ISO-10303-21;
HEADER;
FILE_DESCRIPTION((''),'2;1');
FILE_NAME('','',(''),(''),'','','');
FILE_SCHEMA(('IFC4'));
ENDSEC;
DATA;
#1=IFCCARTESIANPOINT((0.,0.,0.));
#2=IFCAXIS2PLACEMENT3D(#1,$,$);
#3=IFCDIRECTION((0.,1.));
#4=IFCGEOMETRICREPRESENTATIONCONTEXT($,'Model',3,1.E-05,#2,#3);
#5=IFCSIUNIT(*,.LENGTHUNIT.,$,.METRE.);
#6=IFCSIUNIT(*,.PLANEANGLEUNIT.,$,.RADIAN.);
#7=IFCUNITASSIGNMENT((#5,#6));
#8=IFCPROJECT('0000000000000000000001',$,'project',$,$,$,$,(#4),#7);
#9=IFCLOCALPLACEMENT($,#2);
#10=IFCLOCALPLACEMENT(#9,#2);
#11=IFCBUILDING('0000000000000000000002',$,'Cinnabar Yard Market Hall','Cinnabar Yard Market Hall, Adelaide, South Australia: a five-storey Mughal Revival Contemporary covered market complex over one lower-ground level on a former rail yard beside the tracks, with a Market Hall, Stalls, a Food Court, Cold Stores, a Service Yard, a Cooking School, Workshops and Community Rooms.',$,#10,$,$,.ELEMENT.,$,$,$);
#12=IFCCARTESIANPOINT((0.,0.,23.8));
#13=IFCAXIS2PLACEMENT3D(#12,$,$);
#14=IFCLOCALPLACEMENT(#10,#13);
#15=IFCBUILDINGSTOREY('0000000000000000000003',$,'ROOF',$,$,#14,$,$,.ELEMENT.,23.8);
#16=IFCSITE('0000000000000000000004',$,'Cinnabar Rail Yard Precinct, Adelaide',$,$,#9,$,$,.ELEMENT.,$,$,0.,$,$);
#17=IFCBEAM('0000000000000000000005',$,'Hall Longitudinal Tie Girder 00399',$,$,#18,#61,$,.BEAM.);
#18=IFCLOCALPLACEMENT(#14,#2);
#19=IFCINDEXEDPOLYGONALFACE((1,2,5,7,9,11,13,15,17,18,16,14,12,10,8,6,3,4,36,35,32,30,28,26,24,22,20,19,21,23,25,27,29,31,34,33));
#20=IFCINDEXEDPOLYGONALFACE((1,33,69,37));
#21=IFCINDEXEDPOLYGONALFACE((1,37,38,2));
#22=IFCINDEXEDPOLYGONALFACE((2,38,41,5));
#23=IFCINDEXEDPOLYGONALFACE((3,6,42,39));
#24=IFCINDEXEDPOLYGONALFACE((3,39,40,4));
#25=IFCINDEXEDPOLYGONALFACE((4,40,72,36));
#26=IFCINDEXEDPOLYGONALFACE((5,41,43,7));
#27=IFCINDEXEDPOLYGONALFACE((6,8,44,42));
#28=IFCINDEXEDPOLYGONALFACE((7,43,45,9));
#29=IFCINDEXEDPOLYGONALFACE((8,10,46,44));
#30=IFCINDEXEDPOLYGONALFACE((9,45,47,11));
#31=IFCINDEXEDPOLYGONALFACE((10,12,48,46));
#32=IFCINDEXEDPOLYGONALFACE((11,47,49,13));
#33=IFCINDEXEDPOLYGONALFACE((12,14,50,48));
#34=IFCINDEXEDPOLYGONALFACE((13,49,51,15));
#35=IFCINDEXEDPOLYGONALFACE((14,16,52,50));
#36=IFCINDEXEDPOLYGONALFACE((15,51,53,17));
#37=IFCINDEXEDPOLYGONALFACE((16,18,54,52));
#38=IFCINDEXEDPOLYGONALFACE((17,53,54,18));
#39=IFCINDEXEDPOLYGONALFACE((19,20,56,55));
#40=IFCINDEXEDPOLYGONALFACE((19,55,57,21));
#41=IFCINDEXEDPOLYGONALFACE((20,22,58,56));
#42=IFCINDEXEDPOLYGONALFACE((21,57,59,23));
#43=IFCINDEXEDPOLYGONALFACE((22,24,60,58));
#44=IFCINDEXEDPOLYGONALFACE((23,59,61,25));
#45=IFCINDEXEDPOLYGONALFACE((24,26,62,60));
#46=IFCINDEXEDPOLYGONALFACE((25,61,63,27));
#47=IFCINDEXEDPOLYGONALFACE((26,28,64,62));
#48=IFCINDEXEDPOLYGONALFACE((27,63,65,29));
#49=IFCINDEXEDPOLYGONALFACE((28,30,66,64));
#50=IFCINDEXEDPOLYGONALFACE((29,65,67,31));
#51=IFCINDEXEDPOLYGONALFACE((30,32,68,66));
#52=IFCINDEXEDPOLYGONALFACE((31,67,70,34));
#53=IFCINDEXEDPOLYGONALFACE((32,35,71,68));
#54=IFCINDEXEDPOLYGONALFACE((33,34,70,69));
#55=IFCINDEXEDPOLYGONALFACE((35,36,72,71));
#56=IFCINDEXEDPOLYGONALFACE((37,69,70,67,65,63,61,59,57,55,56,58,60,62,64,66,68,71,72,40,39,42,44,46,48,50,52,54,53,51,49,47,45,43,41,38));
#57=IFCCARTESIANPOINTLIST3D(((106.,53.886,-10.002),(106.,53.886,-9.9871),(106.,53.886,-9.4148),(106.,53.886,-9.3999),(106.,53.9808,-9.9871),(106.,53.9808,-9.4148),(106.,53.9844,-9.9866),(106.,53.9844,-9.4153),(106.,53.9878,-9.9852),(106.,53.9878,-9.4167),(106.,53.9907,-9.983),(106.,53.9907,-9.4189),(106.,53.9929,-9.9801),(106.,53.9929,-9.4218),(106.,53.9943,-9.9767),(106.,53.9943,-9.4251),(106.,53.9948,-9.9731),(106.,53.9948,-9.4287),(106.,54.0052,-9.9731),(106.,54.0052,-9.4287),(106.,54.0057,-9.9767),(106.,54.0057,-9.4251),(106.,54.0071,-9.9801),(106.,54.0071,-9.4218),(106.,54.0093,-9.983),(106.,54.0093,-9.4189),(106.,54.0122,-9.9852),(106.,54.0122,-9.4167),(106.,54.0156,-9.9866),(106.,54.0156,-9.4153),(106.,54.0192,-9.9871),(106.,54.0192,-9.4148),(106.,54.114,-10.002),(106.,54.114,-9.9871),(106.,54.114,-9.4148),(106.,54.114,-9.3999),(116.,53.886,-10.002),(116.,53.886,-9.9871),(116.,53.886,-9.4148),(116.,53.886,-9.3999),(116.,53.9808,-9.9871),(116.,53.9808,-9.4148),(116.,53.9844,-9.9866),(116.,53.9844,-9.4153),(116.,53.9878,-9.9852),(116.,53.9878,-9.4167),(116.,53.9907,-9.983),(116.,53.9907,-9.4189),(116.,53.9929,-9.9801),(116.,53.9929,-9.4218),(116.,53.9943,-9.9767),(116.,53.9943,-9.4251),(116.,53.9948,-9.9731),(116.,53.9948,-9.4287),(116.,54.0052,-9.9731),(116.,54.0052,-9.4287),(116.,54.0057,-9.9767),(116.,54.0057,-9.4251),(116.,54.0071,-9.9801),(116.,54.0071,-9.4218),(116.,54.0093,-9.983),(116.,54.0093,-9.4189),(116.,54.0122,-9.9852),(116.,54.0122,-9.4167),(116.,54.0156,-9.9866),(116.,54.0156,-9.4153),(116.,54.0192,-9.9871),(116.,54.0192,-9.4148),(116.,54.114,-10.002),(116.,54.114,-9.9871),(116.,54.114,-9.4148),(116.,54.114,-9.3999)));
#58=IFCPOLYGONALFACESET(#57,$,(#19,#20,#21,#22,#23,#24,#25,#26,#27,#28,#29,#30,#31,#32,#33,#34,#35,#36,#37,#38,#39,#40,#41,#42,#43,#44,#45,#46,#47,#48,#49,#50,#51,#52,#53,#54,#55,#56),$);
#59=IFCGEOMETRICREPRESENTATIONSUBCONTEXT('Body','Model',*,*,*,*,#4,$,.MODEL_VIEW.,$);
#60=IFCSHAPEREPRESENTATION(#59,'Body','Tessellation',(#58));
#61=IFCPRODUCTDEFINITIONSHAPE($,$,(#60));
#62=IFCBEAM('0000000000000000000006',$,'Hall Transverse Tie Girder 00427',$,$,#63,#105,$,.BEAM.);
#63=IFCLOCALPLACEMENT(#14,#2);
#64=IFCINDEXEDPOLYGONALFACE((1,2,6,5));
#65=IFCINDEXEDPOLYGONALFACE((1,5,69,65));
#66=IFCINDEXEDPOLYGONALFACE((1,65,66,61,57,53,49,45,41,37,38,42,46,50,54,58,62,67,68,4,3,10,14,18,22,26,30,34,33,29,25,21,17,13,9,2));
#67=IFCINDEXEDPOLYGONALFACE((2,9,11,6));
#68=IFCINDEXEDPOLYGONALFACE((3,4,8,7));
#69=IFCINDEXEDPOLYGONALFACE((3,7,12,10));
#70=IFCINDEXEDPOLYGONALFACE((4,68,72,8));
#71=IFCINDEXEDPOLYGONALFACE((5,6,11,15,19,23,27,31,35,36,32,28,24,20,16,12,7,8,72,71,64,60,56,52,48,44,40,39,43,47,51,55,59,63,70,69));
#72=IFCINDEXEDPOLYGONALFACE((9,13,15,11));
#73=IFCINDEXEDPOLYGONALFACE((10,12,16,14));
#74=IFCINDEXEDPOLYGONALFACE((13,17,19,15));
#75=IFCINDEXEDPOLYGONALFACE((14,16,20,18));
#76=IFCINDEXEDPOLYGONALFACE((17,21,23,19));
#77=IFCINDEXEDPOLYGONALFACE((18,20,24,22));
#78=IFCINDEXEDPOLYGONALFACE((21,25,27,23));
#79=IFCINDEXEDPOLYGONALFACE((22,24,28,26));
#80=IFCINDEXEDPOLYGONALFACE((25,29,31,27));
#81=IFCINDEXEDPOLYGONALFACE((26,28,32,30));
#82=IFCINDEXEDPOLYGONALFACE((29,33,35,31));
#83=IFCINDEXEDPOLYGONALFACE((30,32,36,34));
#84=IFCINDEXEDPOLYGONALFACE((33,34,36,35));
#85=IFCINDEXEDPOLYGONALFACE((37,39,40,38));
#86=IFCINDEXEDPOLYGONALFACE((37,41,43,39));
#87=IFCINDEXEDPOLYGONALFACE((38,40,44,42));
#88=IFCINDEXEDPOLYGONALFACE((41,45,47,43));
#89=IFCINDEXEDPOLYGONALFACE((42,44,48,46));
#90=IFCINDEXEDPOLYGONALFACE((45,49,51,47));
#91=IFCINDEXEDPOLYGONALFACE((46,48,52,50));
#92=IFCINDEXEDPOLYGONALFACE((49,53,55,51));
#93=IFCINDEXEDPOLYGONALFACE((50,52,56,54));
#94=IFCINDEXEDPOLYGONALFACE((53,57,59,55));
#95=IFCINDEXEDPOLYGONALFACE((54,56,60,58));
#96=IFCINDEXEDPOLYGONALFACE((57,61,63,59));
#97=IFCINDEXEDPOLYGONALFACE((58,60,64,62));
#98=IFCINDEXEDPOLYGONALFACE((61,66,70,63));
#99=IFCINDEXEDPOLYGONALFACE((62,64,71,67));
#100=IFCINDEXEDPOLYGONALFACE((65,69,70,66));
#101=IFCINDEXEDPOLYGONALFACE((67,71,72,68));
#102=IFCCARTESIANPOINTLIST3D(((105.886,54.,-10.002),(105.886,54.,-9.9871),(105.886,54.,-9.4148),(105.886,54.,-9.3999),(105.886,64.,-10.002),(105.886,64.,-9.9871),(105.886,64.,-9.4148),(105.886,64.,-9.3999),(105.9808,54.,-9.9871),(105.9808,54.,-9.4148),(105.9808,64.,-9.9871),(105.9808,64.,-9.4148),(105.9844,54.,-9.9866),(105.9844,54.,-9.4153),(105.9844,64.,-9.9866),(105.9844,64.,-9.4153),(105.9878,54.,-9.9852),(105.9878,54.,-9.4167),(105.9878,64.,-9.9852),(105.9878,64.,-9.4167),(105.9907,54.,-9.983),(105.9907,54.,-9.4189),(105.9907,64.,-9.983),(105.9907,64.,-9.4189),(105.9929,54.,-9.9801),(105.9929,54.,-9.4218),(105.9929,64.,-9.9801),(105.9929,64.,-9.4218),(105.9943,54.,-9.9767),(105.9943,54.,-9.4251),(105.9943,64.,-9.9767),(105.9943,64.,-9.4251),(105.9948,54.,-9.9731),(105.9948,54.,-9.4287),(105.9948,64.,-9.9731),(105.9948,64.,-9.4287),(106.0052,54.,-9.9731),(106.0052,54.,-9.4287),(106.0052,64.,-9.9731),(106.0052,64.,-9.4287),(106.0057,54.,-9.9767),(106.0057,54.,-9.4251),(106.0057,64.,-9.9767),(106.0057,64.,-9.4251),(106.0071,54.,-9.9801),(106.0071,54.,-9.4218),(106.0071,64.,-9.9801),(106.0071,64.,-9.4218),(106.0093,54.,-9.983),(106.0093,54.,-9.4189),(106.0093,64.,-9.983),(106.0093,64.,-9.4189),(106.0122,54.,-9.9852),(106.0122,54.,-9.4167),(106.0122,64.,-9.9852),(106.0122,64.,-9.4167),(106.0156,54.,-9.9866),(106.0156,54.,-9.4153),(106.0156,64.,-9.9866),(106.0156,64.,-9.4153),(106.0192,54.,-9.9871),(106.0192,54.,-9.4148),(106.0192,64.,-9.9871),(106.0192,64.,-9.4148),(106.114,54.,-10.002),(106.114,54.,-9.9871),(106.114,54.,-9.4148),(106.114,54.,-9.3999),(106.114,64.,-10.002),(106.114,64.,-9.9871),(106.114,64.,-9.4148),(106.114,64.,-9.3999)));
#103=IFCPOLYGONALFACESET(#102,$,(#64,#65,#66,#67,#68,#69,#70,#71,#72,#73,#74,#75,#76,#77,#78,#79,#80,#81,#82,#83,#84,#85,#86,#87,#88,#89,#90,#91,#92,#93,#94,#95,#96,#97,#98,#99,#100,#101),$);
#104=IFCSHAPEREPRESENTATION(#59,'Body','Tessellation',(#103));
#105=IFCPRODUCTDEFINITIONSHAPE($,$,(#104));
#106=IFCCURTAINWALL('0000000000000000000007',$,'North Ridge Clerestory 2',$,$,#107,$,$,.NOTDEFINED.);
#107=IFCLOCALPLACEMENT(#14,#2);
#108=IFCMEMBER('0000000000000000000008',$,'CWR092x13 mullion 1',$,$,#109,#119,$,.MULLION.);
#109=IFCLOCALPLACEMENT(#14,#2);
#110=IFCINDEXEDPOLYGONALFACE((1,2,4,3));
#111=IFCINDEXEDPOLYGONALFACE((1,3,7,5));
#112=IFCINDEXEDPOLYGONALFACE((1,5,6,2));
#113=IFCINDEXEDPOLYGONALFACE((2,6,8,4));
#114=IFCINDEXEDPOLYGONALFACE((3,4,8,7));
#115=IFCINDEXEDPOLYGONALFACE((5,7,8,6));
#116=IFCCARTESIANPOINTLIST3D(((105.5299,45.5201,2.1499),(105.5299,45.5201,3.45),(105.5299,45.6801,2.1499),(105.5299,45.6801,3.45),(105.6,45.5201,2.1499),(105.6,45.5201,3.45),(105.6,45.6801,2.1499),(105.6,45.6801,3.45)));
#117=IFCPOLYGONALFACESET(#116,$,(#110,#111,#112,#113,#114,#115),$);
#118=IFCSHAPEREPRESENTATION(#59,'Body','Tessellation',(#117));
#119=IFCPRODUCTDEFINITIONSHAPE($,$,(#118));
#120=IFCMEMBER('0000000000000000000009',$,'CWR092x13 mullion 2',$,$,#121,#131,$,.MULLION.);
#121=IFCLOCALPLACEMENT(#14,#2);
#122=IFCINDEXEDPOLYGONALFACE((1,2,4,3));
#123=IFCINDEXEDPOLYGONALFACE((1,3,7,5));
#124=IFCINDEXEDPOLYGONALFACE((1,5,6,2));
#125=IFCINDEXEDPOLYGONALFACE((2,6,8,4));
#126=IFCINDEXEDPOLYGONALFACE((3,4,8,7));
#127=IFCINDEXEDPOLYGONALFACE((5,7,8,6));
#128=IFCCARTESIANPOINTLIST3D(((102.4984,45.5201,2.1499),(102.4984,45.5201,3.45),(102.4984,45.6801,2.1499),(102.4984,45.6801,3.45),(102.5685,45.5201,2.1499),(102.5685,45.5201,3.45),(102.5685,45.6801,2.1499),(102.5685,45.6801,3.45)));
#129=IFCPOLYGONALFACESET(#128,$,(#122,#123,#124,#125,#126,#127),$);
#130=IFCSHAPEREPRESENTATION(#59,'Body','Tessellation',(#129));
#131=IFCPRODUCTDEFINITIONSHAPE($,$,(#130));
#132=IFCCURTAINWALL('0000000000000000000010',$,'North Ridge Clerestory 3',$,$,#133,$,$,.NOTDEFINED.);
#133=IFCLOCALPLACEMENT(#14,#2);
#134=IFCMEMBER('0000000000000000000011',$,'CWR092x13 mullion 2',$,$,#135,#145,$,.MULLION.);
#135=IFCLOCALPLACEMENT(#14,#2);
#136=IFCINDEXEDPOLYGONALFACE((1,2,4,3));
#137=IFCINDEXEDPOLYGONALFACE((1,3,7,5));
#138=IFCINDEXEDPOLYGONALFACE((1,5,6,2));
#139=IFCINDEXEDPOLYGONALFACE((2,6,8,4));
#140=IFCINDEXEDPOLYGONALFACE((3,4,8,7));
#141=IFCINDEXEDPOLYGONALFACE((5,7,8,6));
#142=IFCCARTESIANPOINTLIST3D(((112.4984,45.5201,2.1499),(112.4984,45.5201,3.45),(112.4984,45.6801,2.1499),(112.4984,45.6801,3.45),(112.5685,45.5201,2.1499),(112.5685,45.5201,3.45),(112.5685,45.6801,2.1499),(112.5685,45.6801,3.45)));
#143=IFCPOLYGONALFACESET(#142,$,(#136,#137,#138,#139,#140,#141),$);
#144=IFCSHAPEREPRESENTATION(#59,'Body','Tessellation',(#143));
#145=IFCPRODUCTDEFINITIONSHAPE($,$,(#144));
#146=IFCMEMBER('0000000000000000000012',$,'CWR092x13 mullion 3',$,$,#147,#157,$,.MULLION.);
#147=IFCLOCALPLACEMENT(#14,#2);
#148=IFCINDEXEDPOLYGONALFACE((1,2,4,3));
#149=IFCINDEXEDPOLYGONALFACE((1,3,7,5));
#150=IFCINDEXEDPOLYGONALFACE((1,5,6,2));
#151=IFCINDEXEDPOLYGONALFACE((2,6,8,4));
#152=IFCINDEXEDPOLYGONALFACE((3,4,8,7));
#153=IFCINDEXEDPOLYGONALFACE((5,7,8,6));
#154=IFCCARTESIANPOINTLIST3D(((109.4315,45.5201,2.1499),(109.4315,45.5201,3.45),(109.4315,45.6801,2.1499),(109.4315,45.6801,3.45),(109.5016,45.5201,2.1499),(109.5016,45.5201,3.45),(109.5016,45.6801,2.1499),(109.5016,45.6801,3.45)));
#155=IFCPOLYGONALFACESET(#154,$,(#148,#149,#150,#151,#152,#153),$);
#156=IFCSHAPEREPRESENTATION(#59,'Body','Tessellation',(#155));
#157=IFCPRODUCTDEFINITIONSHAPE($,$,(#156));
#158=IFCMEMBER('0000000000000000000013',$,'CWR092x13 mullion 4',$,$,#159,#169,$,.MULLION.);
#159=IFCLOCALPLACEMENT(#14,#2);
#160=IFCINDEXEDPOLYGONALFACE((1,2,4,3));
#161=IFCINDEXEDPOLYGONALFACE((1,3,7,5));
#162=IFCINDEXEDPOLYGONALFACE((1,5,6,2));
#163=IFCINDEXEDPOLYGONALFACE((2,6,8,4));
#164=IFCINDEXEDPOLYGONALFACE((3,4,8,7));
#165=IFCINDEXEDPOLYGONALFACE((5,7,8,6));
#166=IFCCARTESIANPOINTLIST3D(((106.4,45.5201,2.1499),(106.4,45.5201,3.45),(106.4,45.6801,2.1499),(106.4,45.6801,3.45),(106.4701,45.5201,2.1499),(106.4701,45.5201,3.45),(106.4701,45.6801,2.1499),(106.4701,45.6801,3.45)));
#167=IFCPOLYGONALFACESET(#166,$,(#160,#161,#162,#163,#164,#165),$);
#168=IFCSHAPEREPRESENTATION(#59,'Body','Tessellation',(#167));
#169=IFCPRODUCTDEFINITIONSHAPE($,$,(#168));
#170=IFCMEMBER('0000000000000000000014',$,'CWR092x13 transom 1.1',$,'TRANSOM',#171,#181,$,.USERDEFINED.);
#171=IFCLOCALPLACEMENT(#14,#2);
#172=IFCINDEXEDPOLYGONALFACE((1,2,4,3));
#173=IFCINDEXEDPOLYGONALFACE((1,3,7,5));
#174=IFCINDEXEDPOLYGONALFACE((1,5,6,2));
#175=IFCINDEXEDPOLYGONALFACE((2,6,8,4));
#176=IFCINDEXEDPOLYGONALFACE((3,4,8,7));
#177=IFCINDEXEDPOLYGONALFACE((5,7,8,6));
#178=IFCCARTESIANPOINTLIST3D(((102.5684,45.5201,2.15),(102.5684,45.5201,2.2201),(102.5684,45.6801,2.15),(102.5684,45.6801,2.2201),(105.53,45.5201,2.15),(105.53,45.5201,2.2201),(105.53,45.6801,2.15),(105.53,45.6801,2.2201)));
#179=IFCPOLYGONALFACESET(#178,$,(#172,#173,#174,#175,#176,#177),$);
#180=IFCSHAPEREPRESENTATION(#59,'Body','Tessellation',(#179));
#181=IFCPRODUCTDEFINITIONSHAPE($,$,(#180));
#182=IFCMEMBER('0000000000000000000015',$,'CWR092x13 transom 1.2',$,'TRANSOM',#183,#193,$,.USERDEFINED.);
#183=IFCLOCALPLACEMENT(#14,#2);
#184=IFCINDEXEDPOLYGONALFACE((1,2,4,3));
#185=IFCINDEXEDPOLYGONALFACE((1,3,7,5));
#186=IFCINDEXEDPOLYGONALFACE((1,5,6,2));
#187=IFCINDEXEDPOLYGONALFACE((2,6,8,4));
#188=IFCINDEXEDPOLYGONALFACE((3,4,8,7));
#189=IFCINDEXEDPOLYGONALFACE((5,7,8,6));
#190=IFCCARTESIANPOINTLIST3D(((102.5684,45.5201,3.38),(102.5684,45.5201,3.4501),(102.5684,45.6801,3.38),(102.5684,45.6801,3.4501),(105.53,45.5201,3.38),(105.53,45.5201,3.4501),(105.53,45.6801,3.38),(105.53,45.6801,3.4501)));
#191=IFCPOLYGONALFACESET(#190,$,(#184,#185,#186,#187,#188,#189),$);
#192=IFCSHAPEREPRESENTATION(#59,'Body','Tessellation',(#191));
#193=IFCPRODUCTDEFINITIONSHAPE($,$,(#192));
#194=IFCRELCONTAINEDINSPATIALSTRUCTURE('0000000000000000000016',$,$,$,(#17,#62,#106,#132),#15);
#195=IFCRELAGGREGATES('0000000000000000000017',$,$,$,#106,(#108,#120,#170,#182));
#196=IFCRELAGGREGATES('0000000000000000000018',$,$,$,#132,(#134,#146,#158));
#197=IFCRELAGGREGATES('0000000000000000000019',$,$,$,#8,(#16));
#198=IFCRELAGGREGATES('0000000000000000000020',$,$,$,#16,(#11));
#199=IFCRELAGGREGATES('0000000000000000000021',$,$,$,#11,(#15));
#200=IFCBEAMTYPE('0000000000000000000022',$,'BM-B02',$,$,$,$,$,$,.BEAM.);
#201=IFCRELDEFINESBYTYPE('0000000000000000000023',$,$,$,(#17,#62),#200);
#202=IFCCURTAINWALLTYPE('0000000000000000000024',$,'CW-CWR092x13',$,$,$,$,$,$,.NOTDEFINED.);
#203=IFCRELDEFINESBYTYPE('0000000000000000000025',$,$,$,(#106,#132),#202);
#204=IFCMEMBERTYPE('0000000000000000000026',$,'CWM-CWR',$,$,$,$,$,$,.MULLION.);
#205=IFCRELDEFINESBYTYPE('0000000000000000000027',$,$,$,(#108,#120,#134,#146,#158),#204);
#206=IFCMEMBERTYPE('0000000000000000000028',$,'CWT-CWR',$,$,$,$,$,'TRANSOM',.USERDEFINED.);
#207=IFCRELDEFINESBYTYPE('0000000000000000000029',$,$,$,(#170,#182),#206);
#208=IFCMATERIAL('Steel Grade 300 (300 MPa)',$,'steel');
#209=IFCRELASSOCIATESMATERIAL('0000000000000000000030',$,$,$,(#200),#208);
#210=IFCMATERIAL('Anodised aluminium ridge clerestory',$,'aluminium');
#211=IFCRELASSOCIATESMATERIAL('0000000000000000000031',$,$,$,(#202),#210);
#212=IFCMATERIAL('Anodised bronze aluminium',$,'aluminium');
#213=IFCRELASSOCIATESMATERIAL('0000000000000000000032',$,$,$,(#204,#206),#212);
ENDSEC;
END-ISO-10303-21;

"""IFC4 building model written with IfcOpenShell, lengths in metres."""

from ifc_helpers import new_model, si_unit, direction, frame, origin, origin_2d_with_axis, place, context, subcontext, project, spatial, rectangle, i_section, extrude, material, material_profile, profile_set, type_object, element, aggregate, save


model = new_model("IFC4")

# Units and contexts
model_context = context("Model", 3, precision=1e-05, world=origin(), true_north=direction((0.0, 1.0)))
body_context = subcontext(model_context, "Body", "Model", "MODEL_VIEW")
ifc_project = project(units=[si_unit("LENGTHUNIT", "METRE"), si_unit("PLANEANGLEUNIT", "RADIAN")], contexts=[model_context])

# Site, building, storey
site_placement = place(None, origin())
site = spatial("IfcSite", under=ifc_project, at=site_placement, Name="Cinnabar Rail Yard Precinct, Adelaide", CompositionType="ELEMENT", RefElevation=0.0)
building_placement = place(site_placement, origin())
building = spatial("IfcBuilding", under=site, at=building_placement, Name="Cinnabar Yard Market Hall", Description="Cinnabar Yard Market Hall, Adelaide, South Australia: a five-storey Mughal Revival Contemporary covered market complex over one lower-ground level on a former rail yard beside the tracks, with a Market Hall, Stalls, a Food Court, Cold Stores, a Service Yard, a Cooking School, Workshops and Community Rooms.", CompositionType="ELEMENT")
storey_placement = place(building_placement, frame((0.0, 0.0, 23.8)))
storey = spatial("IfcBuildingStorey", under=building, at=storey_placement, Name="ROOF", CompositionType="ELEMENT", Elevation=23.8)

# Beams
ifc_material_1 = material(Name="Steel Grade 300 (300 MPa)", Category="steel")
ifc_material_profile_1 = material_profile(ifc_material_1, i_section(OverallWidth=0.228, OverallDepth=0.6021, WebThickness=0.0105, FlangeThickness=0.0149, FilletRadius=0.0139, at=origin_2d_with_axis()), Name="610UB101")
ifc_profile_set_1 = profile_set([ifc_material_profile_1], Name="Steel Grade 300 (300 MPa)")
beam_type = type_object("IfcBeamType", Name="BM-B02", PredefinedType="BEAM", material=ifc_profile_set_1)
for number, where, z_axis, x_axis, name in (
    (1, (106.0, 54.0, -9.7009), (1.0, 0.0, 0.0), (0.0, 1.0, 0.0), "Hall Longitudinal Tie Girder 00399"),
    (2, (106.0, 54.0, -9.7009), (0.0, 1.0, 0.0), (-1.0, 0.0, 0.0), "Hall Transverse Tie Girder 00427"),
):
    element("IfcBeam", number, at=place(storey_placement, frame(where, z_axis=z_axis, x_axis=x_axis)), inside=storey, type_object=beam_type, Name=name, PredefinedType="BEAM", context=body_context, shape_type="SweptSolid", body=[
        extrude(i_section(OverallWidth=0.228, OverallDepth=0.6021, WebThickness=0.0105, FlangeThickness=0.0149, FilletRadius=0.0139, at=origin_2d_with_axis()), origin(), (0.0, 0.0, 1.0), 10.0),
    ])

# Curtain walls, members
ifc_material_2 = material(Name="Anodised aluminium ridge clerestory", Category="aluminium")
curtain_wall_type = type_object("IfcCurtainWallType", Name="CW-CWR092x13", PredefinedType="NOTDEFINED", material=ifc_material_2)
curtain_wall_1_placement = place(storey_placement, origin())
curtain_wall_1 = element("IfcCurtainWall", 3, at=curtain_wall_1_placement, inside=storey, type_object=curtain_wall_type, Name="North Ridge Clerestory 2", PredefinedType="NOTDEFINED")
ifc_material_3 = material(Name="Anodised bronze aluminium", Category="aluminium")
ifc_material_profile_2 = material_profile(ifc_material_3, rectangle(XDim=0.1599, YDim=0.0701, at=origin_2d_with_axis()), Name="MUL-CWR")
ifc_profile_set_2 = profile_set([ifc_material_profile_2], Name="Anodised bronze aluminium")
member_type_1 = type_object("IfcMemberType", Name="CWM-CWR", PredefinedType="MULLION", material=ifc_profile_set_2)
member_1_placement = place(storey_placement, frame((105.5649, 45.6001, 2.1499), z_axis=(0.0, 0.0, 1.0), x_axis=(0.0, -1.0, 0.0)))
member_1 = element("IfcMember", 4, at=member_1_placement, type_object=member_type_1, Name="CWR092x13 mullion 1", PredefinedType="MULLION", context=body_context, shape_type="SweptSolid", body=[
    extrude(rectangle(XDim=0.1599, YDim=0.0701, at=origin_2d_with_axis()), origin(), (0.0, 0.0, 1.0), 1.3),
])
member_2_placement = place(storey_placement, frame((102.5334, 45.6001, 2.1499), z_axis=(0.0, 0.0, 1.0), x_axis=(0.0, -1.0, 0.0)))
member_2 = element("IfcMember", 5, at=member_2_placement, type_object=member_type_1, Name="CWR092x13 mullion 2", PredefinedType="MULLION", context=body_context, shape_type="SweptSolid", body=[
    extrude(rectangle(XDim=0.1599, YDim=0.0701, at=origin_2d_with_axis()), origin(), (0.0, 0.0, 1.0), 1.3),
])
curtain_wall_2_placement = place(storey_placement, origin())
curtain_wall_2 = element("IfcCurtainWall", 6, at=curtain_wall_2_placement, inside=storey, type_object=curtain_wall_type, Name="North Ridge Clerestory 3", PredefinedType="NOTDEFINED")
member_3_placement = place(storey_placement, frame((112.5334, 45.6001, 2.1499), z_axis=(0.0, 0.0, 1.0), x_axis=(0.0, -1.0, 0.0)))
member_3 = element("IfcMember", 7, at=member_3_placement, type_object=member_type_1, Name="CWR092x13 mullion 2", PredefinedType="MULLION", context=body_context, shape_type="SweptSolid", body=[
    extrude(rectangle(XDim=0.1599, YDim=0.0701, at=origin_2d_with_axis()), origin(), (0.0, 0.0, 1.0), 1.3),
])
member_4_placement = place(storey_placement, frame((109.4666, 45.6001, 2.1499), z_axis=(0.0, 0.0, 1.0), x_axis=(0.0, -1.0, 0.0)))
member_4 = element("IfcMember", 8, at=member_4_placement, type_object=member_type_1, Name="CWR092x13 mullion 3", PredefinedType="MULLION", context=body_context, shape_type="SweptSolid", body=[
    extrude(rectangle(XDim=0.1599, YDim=0.0701, at=origin_2d_with_axis()), origin(), (0.0, 0.0, 1.0), 1.3),
])
member_5_placement = place(storey_placement, frame((106.4351, 45.6001, 2.1499), z_axis=(0.0, 0.0, 1.0), x_axis=(0.0, -1.0, 0.0)))
member_5 = element("IfcMember", 9, at=member_5_placement, type_object=member_type_1, Name="CWR092x13 mullion 4", PredefinedType="MULLION", context=body_context, shape_type="SweptSolid", body=[
    extrude(rectangle(XDim=0.1599, YDim=0.0701, at=origin_2d_with_axis()), origin(), (0.0, 0.0, 1.0), 1.3),
])

# Members
ifc_material_profile_3 = material_profile(ifc_material_3, rectangle(XDim=0.1599, YDim=0.0701, at=origin_2d_with_axis()), Name="TRN-CWR")
ifc_profile_set_3 = profile_set([ifc_material_profile_3], Name="Anodised bronze aluminium")
member_type_2 = type_object("IfcMemberType", Name="CWT-CWR", ElementType="TRANSOM", PredefinedType="USERDEFINED", material=ifc_profile_set_3)
member_6_placement = place(storey_placement, frame((105.53, 45.6001, 2.1851), z_axis=(-1.0, 0.0, 0.0), x_axis=(0.0, -1.0, 0.0)))
member_6 = element("IfcMember", 10, at=member_6_placement, type_object=member_type_2, Name="CWR092x13 transom 1.1", ObjectType="TRANSOM", PredefinedType="USERDEFINED", context=body_context, shape_type="SweptSolid", body=[
    extrude(rectangle(XDim=0.1599, YDim=0.0701, at=origin_2d_with_axis()), origin(), (0.0, 0.0, 1.0), 2.9617),
])
member_7_placement = place(storey_placement, frame((105.53, 45.6001, 3.415), z_axis=(-1.0, 0.0, 0.0), x_axis=(0.0, -1.0, 0.0)))
member_7 = element("IfcMember", 11, at=member_7_placement, type_object=member_type_2, Name="CWR092x13 transom 1.2", ObjectType="TRANSOM", PredefinedType="USERDEFINED", context=body_context, shape_type="SweptSolid", body=[
    extrude(rectangle(XDim=0.1599, YDim=0.0701, at=origin_2d_with_axis()), origin(), (0.0, 0.0, 1.0), 2.9617),
])

aggregate(curtain_wall_1, [member_1, member_2, member_6, member_7])
aggregate(curtain_wall_2, [member_3, member_4, member_5])

save(model, "model.ifc")
